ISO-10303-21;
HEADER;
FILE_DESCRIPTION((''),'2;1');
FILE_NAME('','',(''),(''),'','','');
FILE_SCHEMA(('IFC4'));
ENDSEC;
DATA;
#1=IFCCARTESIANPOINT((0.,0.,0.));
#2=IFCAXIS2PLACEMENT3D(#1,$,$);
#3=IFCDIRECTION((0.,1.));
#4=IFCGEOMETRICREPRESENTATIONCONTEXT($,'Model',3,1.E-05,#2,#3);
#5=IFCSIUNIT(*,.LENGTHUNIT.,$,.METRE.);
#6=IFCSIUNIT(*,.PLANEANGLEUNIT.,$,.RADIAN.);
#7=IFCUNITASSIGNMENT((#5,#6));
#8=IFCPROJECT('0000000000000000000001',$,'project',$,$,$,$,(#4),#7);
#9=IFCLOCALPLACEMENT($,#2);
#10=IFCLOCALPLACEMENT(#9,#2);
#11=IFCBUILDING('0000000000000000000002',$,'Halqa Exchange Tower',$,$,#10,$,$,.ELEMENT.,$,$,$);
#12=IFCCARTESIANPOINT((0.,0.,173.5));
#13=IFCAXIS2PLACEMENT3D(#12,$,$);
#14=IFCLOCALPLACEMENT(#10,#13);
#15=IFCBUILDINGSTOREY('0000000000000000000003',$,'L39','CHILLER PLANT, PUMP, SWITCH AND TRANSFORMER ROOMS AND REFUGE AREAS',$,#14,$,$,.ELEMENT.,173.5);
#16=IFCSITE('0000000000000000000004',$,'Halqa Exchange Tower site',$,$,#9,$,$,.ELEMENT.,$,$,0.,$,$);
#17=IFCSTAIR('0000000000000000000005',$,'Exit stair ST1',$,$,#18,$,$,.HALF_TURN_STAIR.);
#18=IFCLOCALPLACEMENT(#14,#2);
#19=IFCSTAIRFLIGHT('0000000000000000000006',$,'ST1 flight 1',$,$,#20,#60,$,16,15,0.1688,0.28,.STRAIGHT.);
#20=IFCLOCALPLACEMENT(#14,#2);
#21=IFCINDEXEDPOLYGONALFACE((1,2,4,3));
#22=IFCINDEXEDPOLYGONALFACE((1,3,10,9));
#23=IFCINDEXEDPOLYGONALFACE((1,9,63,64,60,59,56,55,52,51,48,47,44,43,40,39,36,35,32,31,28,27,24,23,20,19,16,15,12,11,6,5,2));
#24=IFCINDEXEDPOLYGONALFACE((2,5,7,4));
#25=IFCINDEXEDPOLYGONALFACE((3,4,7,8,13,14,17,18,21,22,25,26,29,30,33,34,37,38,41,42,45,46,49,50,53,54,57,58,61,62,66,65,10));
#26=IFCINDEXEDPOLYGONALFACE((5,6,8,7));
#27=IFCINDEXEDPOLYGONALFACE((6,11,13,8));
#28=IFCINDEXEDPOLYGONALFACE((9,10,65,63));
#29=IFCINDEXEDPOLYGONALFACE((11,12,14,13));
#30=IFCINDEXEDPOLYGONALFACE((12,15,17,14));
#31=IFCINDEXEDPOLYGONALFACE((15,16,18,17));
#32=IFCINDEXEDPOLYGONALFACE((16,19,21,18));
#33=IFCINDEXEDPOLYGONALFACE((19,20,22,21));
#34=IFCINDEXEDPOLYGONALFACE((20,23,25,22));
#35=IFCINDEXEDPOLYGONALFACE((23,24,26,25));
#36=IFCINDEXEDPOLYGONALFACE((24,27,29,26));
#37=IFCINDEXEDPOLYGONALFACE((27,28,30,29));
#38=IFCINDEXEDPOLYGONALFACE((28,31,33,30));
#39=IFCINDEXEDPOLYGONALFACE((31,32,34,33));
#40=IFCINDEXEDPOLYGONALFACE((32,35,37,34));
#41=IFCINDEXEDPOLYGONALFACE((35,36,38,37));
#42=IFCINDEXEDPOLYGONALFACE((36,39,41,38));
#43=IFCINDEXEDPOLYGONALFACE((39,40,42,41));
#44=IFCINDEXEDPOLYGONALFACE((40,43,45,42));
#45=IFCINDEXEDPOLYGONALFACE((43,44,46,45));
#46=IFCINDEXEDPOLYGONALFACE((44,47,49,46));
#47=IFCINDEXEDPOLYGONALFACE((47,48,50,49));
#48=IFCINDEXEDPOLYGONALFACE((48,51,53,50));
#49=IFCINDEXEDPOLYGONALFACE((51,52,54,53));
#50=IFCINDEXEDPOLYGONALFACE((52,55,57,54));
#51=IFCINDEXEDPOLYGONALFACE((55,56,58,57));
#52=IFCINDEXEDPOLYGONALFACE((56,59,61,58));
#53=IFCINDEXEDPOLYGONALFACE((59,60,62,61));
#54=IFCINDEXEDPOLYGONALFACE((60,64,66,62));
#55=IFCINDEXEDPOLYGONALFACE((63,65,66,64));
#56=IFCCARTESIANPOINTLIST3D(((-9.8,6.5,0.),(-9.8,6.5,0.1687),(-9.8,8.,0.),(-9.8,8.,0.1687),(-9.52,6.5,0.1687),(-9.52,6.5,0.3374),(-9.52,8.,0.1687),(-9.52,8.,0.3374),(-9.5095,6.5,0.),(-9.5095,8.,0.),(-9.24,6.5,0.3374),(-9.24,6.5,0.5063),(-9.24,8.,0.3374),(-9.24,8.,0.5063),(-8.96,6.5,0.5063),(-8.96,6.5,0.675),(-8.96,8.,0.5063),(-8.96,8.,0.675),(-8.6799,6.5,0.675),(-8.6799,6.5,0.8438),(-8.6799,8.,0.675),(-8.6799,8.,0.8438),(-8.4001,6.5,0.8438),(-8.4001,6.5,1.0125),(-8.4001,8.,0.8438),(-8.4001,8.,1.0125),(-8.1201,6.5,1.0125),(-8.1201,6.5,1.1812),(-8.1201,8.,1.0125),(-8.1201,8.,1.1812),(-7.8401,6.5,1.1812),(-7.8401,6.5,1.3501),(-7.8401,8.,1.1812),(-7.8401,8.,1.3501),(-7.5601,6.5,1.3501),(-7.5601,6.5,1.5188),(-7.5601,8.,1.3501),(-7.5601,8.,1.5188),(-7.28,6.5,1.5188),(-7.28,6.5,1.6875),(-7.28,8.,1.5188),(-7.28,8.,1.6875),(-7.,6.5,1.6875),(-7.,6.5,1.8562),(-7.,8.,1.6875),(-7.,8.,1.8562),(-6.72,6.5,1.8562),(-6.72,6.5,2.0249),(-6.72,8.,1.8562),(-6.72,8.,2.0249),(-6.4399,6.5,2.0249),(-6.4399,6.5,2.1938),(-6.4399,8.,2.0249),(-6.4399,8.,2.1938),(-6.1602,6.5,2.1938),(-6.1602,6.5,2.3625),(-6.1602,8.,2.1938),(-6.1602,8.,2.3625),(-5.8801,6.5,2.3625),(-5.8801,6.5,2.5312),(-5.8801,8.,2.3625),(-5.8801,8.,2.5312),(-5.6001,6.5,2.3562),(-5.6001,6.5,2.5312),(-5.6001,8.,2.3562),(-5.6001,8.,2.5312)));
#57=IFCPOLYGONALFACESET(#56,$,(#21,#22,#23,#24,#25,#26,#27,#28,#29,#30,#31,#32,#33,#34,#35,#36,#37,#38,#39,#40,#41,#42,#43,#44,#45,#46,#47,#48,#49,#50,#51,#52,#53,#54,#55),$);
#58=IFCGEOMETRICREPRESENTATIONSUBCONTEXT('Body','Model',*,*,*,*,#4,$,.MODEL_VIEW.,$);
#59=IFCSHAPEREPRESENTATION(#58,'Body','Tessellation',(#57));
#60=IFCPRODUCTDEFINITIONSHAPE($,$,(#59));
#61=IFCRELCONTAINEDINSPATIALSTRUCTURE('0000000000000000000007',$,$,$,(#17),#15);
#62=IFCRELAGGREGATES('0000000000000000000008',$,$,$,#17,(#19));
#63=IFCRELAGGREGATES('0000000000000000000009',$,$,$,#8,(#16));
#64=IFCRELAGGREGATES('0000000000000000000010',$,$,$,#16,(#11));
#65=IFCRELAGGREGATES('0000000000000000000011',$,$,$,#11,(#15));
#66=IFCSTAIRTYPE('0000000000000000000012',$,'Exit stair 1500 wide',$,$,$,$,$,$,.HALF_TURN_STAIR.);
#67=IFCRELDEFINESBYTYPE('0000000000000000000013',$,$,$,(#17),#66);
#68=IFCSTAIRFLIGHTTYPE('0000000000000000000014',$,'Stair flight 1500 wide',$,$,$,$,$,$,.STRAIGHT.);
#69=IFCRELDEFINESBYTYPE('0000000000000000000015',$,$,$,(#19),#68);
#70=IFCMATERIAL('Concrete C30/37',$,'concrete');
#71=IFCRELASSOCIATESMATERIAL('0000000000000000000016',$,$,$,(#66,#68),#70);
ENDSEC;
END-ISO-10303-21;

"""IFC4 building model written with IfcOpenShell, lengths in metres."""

from ifc_helpers import new_model, si_unit, direction, frame, origin, place, context, subcontext, project, spatial, polyline, outline, extrude, material, type_object, element, aggregate, save


model = new_model("IFC4")

# Units and contexts
model_context = context("Model", 3, precision=1e-05, world=origin(), true_north=direction((0.0, 1.0)))
body_context = subcontext(model_context, "Body", "Model", "MODEL_VIEW")
ifc_project = project(units=[si_unit("LENGTHUNIT", "METRE"), si_unit("PLANEANGLEUNIT", "RADIAN")], contexts=[model_context])

# Site, building, storey
site_placement = place(None, origin())
site = spatial("IfcSite", under=ifc_project, at=site_placement, Name="Halqa Exchange Tower site", CompositionType="ELEMENT", RefElevation=0.0)
building_placement = place(site_placement, origin())
building = spatial("IfcBuilding", under=site, at=building_placement, Name="Halqa Exchange Tower", CompositionType="ELEMENT")
storey_placement = place(building_placement, frame((0.0, 0.0, 173.5)))
storey = spatial("IfcBuildingStorey", under=building, at=storey_placement, Name="L39", Description="CHILLER PLANT, PUMP, SWITCH AND TRANSFORMER ROOMS AND REFUGE AREAS", CompositionType="ELEMENT", Elevation=173.5)

# Shared definitions
ifc_material_1 = material(Name="Concrete C30/37", Category="concrete")

# Stair, stair flight
stair_type = type_object("IfcStairType", Name="Exit stair 1500 wide", PredefinedType="HALF_TURN_STAIR", material=ifc_material_1)
stair_placement = place(storey_placement, origin())
stair = element("IfcStair", 1, at=stair_placement, inside=storey, type_object=stair_type, Name="Exit stair ST1", PredefinedType="HALF_TURN_STAIR")
stair_flight_type = type_object("IfcStairFlightType", Name="Stair flight 1500 wide", PredefinedType="STRAIGHT", material=ifc_material_1)
stair_flight_placement = place(storey_placement, frame((-9.8, 7.25, 0.0), z_axis=(0.0, 0.0, 1.0), x_axis=(1.0, 0.0, 0.0)))
stair_flight = element("IfcStairFlight", 2, at=stair_flight_placement, type_object=stair_flight_type, Name="ST1 flight 1", NumberOfRisers=16, NumberOfTreads=15, PredefinedType="STRAIGHT", RiserHeight=0.1688, TreadLength=0.28, context=body_context, shape_type="SweptSolid", body=[
    extrude(outline(polyline([(0.0, 0.0), (0.0, 0.1687), (0.28, 0.1687), (0.28, 0.3374), (0.5601, 0.3374), (0.5601, 0.5063), (0.8401, 0.5063), (0.8401, 0.675), (1.1201, 0.675), (1.1201, 0.8438), (1.3999, 0.8438), (1.3999, 1.0125), (1.6799, 1.0125), (1.6799, 1.1812), (1.96, 1.1812), (1.96, 1.3501), (2.24, 1.3501), (2.24, 1.5188), (2.52, 1.5188), (2.52, 1.6875), (2.8, 1.6875), (2.8, 1.8562), (3.0801, 1.8562), (3.0801, 2.0249), (3.3601, 2.0249), (3.3601, 2.1938), (3.6399, 2.1938), (3.6399, 2.3625), (3.9199, 2.3625), (3.9199, 2.5312), (4.2, 2.5312), (4.2, 2.7), (4.2, 2.3562), (0.2905, 0.0), (0.0, 0.0)])), frame((0.0, 0.75, 0.0), z_axis=(0.0, -1.0, 0.0), x_axis=(1.0, 0.0, 0.0)), (0.0, 0.0, 1.0), 1.5),
])
aggregate(stair, [stair_flight])

save(model, "model.ifc")
